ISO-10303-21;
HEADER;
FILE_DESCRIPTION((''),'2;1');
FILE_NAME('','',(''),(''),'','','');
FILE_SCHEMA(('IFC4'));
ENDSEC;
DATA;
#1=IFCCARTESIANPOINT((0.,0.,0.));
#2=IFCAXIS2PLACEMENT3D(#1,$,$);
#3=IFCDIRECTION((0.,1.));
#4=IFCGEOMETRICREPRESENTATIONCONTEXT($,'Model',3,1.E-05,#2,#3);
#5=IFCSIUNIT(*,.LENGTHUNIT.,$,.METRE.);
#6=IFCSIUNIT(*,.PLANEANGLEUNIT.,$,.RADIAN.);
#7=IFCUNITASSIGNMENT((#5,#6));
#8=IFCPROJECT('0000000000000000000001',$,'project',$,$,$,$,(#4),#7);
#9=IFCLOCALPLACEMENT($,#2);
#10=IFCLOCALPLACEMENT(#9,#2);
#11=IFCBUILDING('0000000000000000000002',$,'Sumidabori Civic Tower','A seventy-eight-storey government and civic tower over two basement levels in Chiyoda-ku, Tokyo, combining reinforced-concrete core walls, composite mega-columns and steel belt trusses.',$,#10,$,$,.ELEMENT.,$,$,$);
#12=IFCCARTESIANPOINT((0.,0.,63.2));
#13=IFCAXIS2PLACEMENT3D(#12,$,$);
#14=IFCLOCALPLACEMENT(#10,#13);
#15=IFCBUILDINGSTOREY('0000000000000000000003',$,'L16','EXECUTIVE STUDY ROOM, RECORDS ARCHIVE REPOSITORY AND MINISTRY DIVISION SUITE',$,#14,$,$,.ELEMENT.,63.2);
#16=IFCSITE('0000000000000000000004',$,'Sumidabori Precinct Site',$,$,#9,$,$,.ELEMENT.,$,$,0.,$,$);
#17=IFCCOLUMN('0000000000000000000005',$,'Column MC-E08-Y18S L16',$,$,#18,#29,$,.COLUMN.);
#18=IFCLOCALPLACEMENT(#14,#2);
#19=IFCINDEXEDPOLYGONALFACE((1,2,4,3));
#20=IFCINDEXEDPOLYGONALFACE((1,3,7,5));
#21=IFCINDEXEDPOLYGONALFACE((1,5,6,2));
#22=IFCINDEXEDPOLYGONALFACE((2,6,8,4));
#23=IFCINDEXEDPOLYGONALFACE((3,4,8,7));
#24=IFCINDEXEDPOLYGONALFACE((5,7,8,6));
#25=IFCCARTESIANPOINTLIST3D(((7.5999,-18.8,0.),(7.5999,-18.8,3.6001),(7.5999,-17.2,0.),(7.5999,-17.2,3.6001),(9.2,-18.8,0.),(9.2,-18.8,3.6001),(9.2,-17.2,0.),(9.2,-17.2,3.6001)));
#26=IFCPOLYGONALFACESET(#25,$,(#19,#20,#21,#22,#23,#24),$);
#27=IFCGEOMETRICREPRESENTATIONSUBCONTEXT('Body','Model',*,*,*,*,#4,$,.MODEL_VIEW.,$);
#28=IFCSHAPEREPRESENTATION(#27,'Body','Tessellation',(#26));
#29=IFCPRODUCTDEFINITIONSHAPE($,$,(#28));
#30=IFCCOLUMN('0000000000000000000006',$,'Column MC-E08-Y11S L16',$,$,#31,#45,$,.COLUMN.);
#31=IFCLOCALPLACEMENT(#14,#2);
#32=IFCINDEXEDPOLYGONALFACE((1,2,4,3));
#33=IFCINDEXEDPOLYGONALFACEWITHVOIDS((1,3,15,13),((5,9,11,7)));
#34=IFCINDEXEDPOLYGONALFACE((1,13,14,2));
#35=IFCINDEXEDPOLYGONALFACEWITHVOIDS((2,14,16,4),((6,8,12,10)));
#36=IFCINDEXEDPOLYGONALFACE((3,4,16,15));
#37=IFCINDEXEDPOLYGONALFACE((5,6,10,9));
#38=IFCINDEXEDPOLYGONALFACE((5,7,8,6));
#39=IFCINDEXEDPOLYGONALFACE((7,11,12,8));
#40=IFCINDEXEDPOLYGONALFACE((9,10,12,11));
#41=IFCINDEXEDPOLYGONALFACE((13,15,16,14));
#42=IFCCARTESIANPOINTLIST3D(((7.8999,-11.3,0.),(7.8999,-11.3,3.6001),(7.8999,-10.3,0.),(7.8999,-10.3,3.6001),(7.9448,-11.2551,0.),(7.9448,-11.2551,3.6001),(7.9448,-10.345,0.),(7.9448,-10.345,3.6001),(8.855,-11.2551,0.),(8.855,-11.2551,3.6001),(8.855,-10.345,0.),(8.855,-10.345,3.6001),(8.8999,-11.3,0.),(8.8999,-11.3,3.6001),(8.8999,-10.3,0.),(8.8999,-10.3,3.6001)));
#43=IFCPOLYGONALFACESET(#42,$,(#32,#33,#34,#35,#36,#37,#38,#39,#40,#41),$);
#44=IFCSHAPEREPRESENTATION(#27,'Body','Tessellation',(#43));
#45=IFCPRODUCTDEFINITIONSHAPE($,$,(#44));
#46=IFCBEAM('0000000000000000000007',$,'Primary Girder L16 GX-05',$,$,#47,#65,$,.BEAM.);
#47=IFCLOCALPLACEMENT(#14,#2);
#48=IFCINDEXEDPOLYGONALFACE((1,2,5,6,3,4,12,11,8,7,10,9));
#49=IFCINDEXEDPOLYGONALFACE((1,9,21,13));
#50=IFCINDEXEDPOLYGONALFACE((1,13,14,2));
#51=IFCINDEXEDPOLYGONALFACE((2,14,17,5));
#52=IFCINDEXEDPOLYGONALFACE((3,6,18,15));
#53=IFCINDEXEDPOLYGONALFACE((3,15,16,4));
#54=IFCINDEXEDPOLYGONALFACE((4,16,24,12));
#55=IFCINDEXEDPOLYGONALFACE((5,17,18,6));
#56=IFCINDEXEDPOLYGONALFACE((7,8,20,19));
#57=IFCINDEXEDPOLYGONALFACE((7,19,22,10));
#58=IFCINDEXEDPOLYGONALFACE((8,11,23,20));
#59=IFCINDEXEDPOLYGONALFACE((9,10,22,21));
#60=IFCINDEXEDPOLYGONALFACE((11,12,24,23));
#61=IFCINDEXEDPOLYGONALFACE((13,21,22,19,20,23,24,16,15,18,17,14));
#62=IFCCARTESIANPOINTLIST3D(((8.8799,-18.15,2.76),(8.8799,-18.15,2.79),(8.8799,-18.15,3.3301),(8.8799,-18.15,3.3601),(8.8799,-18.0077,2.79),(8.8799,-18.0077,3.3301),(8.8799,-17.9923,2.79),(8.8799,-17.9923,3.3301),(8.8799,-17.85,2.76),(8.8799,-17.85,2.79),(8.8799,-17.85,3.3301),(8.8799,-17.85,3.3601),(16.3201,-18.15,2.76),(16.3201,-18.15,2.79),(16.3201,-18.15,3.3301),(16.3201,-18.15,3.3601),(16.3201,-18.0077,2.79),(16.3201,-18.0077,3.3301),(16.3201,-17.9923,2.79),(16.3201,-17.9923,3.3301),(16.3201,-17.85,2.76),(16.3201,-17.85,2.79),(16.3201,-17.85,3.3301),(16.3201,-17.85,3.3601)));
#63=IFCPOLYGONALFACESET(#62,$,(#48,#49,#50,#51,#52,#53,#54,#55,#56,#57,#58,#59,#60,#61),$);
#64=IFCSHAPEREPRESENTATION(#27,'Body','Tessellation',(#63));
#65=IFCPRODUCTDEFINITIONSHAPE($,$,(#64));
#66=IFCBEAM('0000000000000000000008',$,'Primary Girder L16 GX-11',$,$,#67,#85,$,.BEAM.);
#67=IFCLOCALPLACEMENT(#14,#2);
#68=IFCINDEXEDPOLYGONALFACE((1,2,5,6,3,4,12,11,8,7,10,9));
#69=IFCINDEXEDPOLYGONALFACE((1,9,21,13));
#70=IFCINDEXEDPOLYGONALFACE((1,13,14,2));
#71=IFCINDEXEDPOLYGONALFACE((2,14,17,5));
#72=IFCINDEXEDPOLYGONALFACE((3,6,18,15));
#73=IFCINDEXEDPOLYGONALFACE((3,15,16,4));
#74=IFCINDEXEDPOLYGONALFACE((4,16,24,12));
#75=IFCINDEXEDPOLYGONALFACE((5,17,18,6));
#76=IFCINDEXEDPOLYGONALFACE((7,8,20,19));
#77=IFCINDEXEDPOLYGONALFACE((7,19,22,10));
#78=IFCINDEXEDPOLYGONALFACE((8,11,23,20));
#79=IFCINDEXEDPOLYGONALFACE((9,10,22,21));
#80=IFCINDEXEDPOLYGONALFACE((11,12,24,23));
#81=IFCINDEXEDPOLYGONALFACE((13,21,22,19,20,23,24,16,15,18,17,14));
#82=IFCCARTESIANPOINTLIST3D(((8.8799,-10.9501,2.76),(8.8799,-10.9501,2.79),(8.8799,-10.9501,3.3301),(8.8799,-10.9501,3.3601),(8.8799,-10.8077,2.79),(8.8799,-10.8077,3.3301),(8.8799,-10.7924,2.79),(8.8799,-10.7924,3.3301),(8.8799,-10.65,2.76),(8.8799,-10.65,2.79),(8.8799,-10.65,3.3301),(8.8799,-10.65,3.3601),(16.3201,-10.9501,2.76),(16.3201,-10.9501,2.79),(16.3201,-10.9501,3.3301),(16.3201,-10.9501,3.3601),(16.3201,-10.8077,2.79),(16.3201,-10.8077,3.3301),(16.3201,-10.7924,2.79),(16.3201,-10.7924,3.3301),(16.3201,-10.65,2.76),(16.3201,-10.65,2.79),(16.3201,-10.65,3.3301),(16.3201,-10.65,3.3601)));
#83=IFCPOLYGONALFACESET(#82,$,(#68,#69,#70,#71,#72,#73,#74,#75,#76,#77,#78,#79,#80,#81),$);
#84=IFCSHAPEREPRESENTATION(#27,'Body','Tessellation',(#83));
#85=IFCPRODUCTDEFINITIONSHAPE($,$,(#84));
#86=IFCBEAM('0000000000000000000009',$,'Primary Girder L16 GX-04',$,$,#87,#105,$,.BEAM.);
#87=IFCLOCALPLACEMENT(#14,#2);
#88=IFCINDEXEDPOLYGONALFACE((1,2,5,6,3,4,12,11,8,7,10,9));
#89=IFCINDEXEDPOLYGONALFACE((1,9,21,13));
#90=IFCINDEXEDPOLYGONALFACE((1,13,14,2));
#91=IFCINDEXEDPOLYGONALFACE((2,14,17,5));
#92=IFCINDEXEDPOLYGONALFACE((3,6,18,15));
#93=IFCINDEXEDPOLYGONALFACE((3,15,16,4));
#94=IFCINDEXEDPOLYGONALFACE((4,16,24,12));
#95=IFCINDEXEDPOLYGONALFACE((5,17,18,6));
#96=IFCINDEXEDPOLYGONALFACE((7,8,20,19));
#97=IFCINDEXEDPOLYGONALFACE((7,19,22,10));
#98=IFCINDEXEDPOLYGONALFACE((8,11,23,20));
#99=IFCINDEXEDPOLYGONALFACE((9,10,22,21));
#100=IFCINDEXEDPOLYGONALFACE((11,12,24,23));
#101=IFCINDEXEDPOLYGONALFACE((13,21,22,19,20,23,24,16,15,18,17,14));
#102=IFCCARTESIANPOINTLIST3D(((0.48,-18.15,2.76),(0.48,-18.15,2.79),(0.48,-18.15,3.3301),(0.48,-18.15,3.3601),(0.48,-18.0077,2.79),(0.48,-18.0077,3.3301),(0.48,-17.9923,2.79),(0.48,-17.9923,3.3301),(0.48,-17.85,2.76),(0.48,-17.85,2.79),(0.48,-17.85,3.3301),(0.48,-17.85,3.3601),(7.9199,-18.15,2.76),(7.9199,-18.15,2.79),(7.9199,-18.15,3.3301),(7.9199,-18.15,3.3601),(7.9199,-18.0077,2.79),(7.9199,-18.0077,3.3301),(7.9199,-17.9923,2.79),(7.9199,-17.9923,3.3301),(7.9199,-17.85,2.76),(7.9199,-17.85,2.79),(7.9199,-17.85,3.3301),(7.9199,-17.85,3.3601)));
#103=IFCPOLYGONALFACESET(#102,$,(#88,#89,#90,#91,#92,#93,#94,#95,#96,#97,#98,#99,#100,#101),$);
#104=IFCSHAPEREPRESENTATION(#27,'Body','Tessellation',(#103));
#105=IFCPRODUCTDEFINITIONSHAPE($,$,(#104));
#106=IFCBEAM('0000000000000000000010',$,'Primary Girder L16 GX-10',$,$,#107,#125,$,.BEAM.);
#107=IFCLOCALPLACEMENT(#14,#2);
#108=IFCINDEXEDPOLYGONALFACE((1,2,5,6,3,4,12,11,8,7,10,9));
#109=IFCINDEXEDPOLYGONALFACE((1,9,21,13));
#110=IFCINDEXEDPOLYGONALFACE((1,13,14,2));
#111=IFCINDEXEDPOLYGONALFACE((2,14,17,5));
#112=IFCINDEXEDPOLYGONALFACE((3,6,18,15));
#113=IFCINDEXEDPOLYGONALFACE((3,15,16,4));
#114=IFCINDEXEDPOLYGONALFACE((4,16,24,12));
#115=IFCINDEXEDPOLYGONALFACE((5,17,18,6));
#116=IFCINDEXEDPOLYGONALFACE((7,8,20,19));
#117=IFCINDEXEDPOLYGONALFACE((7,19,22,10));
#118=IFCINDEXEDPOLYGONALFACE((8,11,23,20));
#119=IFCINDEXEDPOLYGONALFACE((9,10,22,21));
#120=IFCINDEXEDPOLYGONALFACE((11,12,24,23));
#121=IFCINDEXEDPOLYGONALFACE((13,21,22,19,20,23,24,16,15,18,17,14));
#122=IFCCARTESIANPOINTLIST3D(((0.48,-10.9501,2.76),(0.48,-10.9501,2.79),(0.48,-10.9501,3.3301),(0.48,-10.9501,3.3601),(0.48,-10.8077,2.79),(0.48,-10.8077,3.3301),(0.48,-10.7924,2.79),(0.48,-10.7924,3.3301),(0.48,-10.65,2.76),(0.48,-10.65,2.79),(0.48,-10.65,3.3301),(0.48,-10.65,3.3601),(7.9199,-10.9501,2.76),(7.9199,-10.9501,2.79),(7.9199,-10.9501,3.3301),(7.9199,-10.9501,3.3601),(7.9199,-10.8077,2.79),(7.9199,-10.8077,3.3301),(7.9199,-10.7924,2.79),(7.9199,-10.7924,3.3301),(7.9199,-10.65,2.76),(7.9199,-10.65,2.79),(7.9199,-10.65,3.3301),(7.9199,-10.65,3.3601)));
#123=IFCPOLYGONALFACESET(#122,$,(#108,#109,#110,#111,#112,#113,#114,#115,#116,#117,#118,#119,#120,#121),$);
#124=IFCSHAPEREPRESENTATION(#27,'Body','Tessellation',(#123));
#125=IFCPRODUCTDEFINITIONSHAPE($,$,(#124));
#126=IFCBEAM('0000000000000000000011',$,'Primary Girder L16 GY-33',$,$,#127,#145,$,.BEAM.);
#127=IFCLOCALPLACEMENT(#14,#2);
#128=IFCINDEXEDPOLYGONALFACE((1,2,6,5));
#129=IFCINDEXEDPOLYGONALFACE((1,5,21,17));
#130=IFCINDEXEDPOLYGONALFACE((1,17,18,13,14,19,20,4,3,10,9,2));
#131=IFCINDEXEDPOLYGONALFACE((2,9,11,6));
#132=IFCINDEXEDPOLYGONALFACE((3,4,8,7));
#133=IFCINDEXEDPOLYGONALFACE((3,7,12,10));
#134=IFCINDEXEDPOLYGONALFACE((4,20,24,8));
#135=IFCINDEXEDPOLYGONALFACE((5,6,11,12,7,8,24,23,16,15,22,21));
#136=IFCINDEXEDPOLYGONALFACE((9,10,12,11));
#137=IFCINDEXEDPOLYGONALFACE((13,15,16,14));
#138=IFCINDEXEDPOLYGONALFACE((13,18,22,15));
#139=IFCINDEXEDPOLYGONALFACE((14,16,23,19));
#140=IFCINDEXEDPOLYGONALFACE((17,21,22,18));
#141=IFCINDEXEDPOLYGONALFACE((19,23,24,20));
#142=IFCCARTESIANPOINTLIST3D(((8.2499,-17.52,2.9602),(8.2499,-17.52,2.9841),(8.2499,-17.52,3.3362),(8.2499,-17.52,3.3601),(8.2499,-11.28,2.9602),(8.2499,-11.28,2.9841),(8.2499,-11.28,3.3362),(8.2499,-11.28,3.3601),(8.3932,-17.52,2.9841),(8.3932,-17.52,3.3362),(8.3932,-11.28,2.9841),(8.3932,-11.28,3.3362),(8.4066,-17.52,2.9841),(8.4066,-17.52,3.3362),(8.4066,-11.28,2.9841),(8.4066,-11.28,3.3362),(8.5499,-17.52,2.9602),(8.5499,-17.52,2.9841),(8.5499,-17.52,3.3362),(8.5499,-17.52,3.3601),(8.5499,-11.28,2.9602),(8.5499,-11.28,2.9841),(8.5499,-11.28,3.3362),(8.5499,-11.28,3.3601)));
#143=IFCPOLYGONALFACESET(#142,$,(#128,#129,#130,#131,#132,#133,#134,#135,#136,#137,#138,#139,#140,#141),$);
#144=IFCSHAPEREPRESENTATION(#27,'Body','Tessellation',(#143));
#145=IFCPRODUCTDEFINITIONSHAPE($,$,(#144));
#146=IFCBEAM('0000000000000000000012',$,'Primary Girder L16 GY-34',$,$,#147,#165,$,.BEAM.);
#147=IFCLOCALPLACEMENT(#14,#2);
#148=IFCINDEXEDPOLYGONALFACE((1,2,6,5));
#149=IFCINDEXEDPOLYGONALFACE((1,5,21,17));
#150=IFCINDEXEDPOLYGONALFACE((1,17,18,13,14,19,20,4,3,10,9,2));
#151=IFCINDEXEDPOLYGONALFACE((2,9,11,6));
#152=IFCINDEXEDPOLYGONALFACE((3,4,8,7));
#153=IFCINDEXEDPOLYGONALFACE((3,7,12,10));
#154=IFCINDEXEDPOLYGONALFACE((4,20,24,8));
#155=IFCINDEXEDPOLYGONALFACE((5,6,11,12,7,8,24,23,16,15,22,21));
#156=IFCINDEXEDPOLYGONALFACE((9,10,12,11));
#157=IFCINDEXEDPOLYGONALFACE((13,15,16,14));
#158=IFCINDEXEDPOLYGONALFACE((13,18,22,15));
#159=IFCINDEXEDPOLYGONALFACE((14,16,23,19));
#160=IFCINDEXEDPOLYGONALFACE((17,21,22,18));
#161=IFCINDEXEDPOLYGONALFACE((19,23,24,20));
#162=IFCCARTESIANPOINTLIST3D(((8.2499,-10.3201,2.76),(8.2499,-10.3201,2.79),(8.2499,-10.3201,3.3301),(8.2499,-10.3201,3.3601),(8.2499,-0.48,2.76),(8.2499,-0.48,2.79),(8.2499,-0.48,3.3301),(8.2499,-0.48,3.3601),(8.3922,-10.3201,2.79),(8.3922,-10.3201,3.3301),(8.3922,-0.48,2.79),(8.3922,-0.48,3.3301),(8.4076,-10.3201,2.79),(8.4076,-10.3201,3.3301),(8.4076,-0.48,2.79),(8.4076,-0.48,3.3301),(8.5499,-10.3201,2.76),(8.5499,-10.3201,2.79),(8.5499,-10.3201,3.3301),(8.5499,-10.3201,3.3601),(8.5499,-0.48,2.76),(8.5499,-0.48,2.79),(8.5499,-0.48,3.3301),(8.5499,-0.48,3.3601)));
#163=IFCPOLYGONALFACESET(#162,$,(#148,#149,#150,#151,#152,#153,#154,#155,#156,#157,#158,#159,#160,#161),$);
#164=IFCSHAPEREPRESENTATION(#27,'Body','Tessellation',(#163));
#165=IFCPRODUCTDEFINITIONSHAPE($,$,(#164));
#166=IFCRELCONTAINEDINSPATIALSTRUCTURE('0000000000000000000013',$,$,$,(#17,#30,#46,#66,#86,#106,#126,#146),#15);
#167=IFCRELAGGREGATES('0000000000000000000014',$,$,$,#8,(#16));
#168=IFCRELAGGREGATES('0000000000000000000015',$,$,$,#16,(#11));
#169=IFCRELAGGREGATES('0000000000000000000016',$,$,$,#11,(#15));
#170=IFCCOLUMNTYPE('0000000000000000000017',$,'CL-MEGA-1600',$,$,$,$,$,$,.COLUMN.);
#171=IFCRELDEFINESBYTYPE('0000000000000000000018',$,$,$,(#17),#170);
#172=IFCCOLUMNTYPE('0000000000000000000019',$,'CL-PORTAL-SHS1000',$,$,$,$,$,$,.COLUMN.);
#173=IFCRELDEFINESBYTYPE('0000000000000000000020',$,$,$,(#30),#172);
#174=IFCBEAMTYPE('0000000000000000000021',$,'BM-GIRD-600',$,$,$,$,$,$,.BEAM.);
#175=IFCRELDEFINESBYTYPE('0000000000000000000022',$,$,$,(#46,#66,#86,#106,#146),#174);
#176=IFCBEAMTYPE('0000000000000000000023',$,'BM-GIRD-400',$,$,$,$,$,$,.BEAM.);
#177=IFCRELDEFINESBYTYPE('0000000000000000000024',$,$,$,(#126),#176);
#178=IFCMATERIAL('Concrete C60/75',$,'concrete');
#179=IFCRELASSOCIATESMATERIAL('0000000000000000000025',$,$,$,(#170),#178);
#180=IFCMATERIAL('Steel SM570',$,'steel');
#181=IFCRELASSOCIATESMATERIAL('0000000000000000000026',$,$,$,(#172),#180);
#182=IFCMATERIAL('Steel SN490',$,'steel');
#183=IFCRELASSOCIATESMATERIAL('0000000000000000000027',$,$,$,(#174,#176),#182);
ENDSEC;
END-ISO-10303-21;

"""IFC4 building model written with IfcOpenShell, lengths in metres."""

from ifc_helpers import new_model, si_unit, direction, frame, origin, origin_2d, place, context, subcontext, project, spatial, rectangle, hollow_rectangle, i_section, extrude, source, transform, mapped, material, material_profile, profile_set, type_object, element, save


model = new_model("IFC4")

# Units and contexts
model_context = context("Model", 3, precision=1e-05, world=origin(), true_north=direction((0.0, 1.0)))
body_context = subcontext(model_context, "Body", "Model", "MODEL_VIEW")
ifc_project = project(units=[si_unit("LENGTHUNIT", "METRE"), si_unit("PLANEANGLEUNIT", "RADIAN")], contexts=[model_context])

# Site, building, storey
site_placement = place(None, origin())
site = spatial("IfcSite", under=ifc_project, at=site_placement, Name="Sumidabori Precinct Site", CompositionType="ELEMENT", RefElevation=0.0)
building_placement = place(site_placement, origin())
building = spatial("IfcBuilding", under=site, at=building_placement, Name="Sumidabori Civic Tower", Description="A seventy-eight-storey government and civic tower over two basement levels in Chiyoda-ku, Tokyo, combining reinforced-concrete core walls, composite mega-columns and steel belt trusses.", CompositionType="ELEMENT")
storey_placement = place(building_placement, frame((0.0, 0.0, 63.2)))
storey = spatial("IfcBuildingStorey", under=building, at=storey_placement, Name="L16", Description="EXECUTIVE STUDY ROOM, RECORDS ARCHIVE REPOSITORY AND MINISTRY DIVISION SUITE", CompositionType="ELEMENT", Elevation=63.2)

# Columns
ifc_material_1 = material(Name="Concrete C60/75", Category="concrete")
ifc_material_profile_1 = material_profile(ifc_material_1, rectangle(XDim=1.6001, YDim=1.6001, at=origin_2d()), Name="RC 1600x1600")
ifc_profile_set_1 = profile_set([ifc_material_profile_1], Name="Concrete C60/75")
column_type_1 = type_object("IfcColumnType", Name="CL-MEGA-1600", PredefinedType="COLUMN", material=ifc_profile_set_1)
shared_shape_1 = source(origin(), body_context, "Body", "SweptSolid", [
    extrude(rectangle(XDim=1.6001, YDim=1.6001, at=origin_2d()), origin(), (0.0, 0.0, 1.0), 3.6001),
])
column_1_placement = place(storey_placement, frame((8.3999, -18.0, 0.0), z_axis=(0.0, 0.0, 1.0), x_axis=(1.0, 0.0, 0.0)))
element("IfcColumn", 1, at=column_1_placement, inside=storey, type_object=column_type_1, Name="Column MC-E08-Y18S L16", PredefinedType="COLUMN", context=body_context, shape_type="MappedRepresentation", body=[
    mapped(shared_shape_1, transform((0.0, 0.0, 0.0), x_axis=(1.0, 0.0, 0.0), y_axis=(0.0, 1.0, 0.0), z_axis=(0.0, 0.0, 1.0), scale=1.0)),
])
ifc_material_2 = material(Name="Steel SM570", Category="steel")
ifc_material_profile_2 = material_profile(ifc_material_2, hollow_rectangle(XDim=1.0, YDim=1.0, WallThickness=0.0449, at=origin_2d()), Name="SHS 1000x1000x45")
ifc_profile_set_2 = profile_set([ifc_material_profile_2], Name="Steel SM570")
column_type_2 = type_object("IfcColumnType", Name="CL-PORTAL-SHS1000", PredefinedType="COLUMN", material=ifc_profile_set_2)
shared_shape_2 = source(origin(), body_context, "Body", "SweptSolid", [
    extrude(hollow_rectangle(XDim=1.0, YDim=1.0, WallThickness=0.0449, at=origin_2d()), origin(), (0.0, 0.0, 1.0), 3.6001),
])
column_2_placement = place(storey_placement, frame((8.3999, -10.8, 0.0), z_axis=(0.0, 0.0, 1.0), x_axis=(1.0, 0.0, 0.0)))
element("IfcColumn", 2, at=column_2_placement, inside=storey, type_object=column_type_2, Name="Column MC-E08-Y11S L16", PredefinedType="COLUMN", context=body_context, shape_type="MappedRepresentation", body=[
    mapped(shared_shape_2, transform((0.0, 0.0, 0.0), x_axis=(1.0, 0.0, 0.0), y_axis=(0.0, 1.0, 0.0), z_axis=(0.0, 0.0, 1.0), scale=1.0)),
])

# Beams
ifc_material_3 = material(Name="Steel SN490", Category="steel")
ifc_material_profile_3 = material_profile(ifc_material_3, i_section(OverallWidth=0.3, OverallDepth=0.6001, WebThickness=0.0154, FlangeThickness=0.03, at=origin_2d()), Name="HE 600 B")
ifc_profile_set_3 = profile_set([ifc_material_profile_3], Name="Steel SN490")
beam_type_1 = type_object("IfcBeamType", Name="BM-GIRD-600", PredefinedType="BEAM", material=ifc_profile_set_3)
shared_shape_3 = source(origin(), body_context, "Body", "SweptSolid", [
    extrude(i_section(OverallWidth=0.3, OverallDepth=0.6001, WebThickness=0.0154, FlangeThickness=0.03, at=origin_2d()), origin(), (0.0, 0.0, 1.0), 7.4402),
])
for number, where, z_axis, x_axis, name in (
    (3, (8.8799, -18.0, 3.0601), (1.0, 0.0, 0.0), (0.0, 1.0, 0.0), "Primary Girder L16 GX-05"),
    (4, (8.8799, -10.8, 3.0601), (1.0, 0.0, 0.0), (0.0, 1.0, 0.0), "Primary Girder L16 GX-11"),
):
    element("IfcBeam", number, at=place(storey_placement, frame(where, z_axis=z_axis, x_axis=x_axis)), inside=storey, type_object=beam_type_1, Name=name, PredefinedType="BEAM", context=body_context, shape_type="MappedRepresentation", body=[
        mapped(shared_shape_3, transform((0.0, 0.0, 0.0), x_axis=(1.0, 0.0, 0.0), y_axis=(0.0, 1.0, 0.0), z_axis=(0.0, 0.0, 1.0), scale=1.0)),
    ])
shared_shape_4 = source(origin(), body_context, "Body", "SweptSolid", [
    extrude(i_section(OverallWidth=0.3, OverallDepth=0.6001, WebThickness=0.0154, FlangeThickness=0.03, at=origin_2d()), origin(), (0.0, 0.0, 1.0), 7.4399),
])
for number, where, z_axis, x_axis, name in (
    (5, (0.48, -18.0, 3.0601), (1.0, 0.0, 0.0), (0.0, 1.0, 0.0), "Primary Girder L16 GX-04"),
    (6, (0.48, -10.8, 3.0601), (1.0, 0.0, 0.0), (0.0, 1.0, 0.0), "Primary Girder L16 GX-10"),
):
    element("IfcBeam", number, at=place(storey_placement, frame(where, z_axis=z_axis, x_axis=x_axis)), inside=storey, type_object=beam_type_1, Name=name, PredefinedType="BEAM", context=body_context, shape_type="MappedRepresentation", body=[
        mapped(shared_shape_4, transform((0.0, 0.0, 0.0), x_axis=(1.0, 0.0, 0.0), y_axis=(0.0, 1.0, 0.0), z_axis=(0.0, 0.0, 1.0), scale=1.0)),
    ])
ifc_material_profile_4 = material_profile(ifc_material_3, i_section(OverallWidth=0.3, OverallDepth=0.3999, WebThickness=0.0134, FlangeThickness=0.0239, at=origin_2d()), Name="HE 400 B")
ifc_profile_set_4 = profile_set([ifc_material_profile_4], Name="Steel SN490")
beam_type_2 = type_object("IfcBeamType", Name="BM-GIRD-400", PredefinedType="BEAM", material=ifc_profile_set_4)
shared_shape_5 = source(origin(), body_context, "Body", "SweptSolid", [
    extrude(i_section(OverallWidth=0.3, OverallDepth=0.3999, WebThickness=0.0134, FlangeThickness=0.0239, at=origin_2d()), origin(), (0.0, 0.0, 1.0), 6.24),
])
beam_1_placement = place(storey_placement, frame((8.3999, -17.52, 3.1602), z_axis=(0.0, 1.0, 0.0), x_axis=(-1.0, 0.0, 0.0)))
element("IfcBeam", 7, at=beam_1_placement, inside=storey, type_object=beam_type_2, Name="Primary Girder L16 GY-33", PredefinedType="BEAM", context=body_context, shape_type="MappedRepresentation", body=[
    mapped(shared_shape_5, transform((0.0, 0.0, 0.0), x_axis=(1.0, 0.0, 0.0), y_axis=(0.0, 1.0, 0.0), z_axis=(0.0, 0.0, 1.0), scale=1.0)),
])
shared_shape_6 = source(origin(), body_context, "Body", "SweptSolid", [
    extrude(i_section(OverallWidth=0.3, OverallDepth=0.6001, WebThickness=0.0154, FlangeThickness=0.03, at=origin_2d()), origin(), (0.0, 0.0, 1.0), 9.8401),
])
beam_2_placement = place(storey_placement, frame((8.3999, -10.3201, 3.0601), z_axis=(0.0, 1.0, 0.0), x_axis=(-1.0, 0.0, 0.0)))
element("IfcBeam", 8, at=beam_2_placement, inside=storey, type_object=beam_type_1, Name="Primary Girder L16 GY-34", PredefinedType="BEAM", context=body_context, shape_type="MappedRepresentation", body=[
    mapped(shared_shape_6, transform((0.0, 0.0, 0.0), x_axis=(1.0, 0.0, 0.0), y_axis=(0.0, 1.0, 0.0), z_axis=(0.0, 0.0, 1.0), scale=1.0)),
])

save(model, "model.ifc")
